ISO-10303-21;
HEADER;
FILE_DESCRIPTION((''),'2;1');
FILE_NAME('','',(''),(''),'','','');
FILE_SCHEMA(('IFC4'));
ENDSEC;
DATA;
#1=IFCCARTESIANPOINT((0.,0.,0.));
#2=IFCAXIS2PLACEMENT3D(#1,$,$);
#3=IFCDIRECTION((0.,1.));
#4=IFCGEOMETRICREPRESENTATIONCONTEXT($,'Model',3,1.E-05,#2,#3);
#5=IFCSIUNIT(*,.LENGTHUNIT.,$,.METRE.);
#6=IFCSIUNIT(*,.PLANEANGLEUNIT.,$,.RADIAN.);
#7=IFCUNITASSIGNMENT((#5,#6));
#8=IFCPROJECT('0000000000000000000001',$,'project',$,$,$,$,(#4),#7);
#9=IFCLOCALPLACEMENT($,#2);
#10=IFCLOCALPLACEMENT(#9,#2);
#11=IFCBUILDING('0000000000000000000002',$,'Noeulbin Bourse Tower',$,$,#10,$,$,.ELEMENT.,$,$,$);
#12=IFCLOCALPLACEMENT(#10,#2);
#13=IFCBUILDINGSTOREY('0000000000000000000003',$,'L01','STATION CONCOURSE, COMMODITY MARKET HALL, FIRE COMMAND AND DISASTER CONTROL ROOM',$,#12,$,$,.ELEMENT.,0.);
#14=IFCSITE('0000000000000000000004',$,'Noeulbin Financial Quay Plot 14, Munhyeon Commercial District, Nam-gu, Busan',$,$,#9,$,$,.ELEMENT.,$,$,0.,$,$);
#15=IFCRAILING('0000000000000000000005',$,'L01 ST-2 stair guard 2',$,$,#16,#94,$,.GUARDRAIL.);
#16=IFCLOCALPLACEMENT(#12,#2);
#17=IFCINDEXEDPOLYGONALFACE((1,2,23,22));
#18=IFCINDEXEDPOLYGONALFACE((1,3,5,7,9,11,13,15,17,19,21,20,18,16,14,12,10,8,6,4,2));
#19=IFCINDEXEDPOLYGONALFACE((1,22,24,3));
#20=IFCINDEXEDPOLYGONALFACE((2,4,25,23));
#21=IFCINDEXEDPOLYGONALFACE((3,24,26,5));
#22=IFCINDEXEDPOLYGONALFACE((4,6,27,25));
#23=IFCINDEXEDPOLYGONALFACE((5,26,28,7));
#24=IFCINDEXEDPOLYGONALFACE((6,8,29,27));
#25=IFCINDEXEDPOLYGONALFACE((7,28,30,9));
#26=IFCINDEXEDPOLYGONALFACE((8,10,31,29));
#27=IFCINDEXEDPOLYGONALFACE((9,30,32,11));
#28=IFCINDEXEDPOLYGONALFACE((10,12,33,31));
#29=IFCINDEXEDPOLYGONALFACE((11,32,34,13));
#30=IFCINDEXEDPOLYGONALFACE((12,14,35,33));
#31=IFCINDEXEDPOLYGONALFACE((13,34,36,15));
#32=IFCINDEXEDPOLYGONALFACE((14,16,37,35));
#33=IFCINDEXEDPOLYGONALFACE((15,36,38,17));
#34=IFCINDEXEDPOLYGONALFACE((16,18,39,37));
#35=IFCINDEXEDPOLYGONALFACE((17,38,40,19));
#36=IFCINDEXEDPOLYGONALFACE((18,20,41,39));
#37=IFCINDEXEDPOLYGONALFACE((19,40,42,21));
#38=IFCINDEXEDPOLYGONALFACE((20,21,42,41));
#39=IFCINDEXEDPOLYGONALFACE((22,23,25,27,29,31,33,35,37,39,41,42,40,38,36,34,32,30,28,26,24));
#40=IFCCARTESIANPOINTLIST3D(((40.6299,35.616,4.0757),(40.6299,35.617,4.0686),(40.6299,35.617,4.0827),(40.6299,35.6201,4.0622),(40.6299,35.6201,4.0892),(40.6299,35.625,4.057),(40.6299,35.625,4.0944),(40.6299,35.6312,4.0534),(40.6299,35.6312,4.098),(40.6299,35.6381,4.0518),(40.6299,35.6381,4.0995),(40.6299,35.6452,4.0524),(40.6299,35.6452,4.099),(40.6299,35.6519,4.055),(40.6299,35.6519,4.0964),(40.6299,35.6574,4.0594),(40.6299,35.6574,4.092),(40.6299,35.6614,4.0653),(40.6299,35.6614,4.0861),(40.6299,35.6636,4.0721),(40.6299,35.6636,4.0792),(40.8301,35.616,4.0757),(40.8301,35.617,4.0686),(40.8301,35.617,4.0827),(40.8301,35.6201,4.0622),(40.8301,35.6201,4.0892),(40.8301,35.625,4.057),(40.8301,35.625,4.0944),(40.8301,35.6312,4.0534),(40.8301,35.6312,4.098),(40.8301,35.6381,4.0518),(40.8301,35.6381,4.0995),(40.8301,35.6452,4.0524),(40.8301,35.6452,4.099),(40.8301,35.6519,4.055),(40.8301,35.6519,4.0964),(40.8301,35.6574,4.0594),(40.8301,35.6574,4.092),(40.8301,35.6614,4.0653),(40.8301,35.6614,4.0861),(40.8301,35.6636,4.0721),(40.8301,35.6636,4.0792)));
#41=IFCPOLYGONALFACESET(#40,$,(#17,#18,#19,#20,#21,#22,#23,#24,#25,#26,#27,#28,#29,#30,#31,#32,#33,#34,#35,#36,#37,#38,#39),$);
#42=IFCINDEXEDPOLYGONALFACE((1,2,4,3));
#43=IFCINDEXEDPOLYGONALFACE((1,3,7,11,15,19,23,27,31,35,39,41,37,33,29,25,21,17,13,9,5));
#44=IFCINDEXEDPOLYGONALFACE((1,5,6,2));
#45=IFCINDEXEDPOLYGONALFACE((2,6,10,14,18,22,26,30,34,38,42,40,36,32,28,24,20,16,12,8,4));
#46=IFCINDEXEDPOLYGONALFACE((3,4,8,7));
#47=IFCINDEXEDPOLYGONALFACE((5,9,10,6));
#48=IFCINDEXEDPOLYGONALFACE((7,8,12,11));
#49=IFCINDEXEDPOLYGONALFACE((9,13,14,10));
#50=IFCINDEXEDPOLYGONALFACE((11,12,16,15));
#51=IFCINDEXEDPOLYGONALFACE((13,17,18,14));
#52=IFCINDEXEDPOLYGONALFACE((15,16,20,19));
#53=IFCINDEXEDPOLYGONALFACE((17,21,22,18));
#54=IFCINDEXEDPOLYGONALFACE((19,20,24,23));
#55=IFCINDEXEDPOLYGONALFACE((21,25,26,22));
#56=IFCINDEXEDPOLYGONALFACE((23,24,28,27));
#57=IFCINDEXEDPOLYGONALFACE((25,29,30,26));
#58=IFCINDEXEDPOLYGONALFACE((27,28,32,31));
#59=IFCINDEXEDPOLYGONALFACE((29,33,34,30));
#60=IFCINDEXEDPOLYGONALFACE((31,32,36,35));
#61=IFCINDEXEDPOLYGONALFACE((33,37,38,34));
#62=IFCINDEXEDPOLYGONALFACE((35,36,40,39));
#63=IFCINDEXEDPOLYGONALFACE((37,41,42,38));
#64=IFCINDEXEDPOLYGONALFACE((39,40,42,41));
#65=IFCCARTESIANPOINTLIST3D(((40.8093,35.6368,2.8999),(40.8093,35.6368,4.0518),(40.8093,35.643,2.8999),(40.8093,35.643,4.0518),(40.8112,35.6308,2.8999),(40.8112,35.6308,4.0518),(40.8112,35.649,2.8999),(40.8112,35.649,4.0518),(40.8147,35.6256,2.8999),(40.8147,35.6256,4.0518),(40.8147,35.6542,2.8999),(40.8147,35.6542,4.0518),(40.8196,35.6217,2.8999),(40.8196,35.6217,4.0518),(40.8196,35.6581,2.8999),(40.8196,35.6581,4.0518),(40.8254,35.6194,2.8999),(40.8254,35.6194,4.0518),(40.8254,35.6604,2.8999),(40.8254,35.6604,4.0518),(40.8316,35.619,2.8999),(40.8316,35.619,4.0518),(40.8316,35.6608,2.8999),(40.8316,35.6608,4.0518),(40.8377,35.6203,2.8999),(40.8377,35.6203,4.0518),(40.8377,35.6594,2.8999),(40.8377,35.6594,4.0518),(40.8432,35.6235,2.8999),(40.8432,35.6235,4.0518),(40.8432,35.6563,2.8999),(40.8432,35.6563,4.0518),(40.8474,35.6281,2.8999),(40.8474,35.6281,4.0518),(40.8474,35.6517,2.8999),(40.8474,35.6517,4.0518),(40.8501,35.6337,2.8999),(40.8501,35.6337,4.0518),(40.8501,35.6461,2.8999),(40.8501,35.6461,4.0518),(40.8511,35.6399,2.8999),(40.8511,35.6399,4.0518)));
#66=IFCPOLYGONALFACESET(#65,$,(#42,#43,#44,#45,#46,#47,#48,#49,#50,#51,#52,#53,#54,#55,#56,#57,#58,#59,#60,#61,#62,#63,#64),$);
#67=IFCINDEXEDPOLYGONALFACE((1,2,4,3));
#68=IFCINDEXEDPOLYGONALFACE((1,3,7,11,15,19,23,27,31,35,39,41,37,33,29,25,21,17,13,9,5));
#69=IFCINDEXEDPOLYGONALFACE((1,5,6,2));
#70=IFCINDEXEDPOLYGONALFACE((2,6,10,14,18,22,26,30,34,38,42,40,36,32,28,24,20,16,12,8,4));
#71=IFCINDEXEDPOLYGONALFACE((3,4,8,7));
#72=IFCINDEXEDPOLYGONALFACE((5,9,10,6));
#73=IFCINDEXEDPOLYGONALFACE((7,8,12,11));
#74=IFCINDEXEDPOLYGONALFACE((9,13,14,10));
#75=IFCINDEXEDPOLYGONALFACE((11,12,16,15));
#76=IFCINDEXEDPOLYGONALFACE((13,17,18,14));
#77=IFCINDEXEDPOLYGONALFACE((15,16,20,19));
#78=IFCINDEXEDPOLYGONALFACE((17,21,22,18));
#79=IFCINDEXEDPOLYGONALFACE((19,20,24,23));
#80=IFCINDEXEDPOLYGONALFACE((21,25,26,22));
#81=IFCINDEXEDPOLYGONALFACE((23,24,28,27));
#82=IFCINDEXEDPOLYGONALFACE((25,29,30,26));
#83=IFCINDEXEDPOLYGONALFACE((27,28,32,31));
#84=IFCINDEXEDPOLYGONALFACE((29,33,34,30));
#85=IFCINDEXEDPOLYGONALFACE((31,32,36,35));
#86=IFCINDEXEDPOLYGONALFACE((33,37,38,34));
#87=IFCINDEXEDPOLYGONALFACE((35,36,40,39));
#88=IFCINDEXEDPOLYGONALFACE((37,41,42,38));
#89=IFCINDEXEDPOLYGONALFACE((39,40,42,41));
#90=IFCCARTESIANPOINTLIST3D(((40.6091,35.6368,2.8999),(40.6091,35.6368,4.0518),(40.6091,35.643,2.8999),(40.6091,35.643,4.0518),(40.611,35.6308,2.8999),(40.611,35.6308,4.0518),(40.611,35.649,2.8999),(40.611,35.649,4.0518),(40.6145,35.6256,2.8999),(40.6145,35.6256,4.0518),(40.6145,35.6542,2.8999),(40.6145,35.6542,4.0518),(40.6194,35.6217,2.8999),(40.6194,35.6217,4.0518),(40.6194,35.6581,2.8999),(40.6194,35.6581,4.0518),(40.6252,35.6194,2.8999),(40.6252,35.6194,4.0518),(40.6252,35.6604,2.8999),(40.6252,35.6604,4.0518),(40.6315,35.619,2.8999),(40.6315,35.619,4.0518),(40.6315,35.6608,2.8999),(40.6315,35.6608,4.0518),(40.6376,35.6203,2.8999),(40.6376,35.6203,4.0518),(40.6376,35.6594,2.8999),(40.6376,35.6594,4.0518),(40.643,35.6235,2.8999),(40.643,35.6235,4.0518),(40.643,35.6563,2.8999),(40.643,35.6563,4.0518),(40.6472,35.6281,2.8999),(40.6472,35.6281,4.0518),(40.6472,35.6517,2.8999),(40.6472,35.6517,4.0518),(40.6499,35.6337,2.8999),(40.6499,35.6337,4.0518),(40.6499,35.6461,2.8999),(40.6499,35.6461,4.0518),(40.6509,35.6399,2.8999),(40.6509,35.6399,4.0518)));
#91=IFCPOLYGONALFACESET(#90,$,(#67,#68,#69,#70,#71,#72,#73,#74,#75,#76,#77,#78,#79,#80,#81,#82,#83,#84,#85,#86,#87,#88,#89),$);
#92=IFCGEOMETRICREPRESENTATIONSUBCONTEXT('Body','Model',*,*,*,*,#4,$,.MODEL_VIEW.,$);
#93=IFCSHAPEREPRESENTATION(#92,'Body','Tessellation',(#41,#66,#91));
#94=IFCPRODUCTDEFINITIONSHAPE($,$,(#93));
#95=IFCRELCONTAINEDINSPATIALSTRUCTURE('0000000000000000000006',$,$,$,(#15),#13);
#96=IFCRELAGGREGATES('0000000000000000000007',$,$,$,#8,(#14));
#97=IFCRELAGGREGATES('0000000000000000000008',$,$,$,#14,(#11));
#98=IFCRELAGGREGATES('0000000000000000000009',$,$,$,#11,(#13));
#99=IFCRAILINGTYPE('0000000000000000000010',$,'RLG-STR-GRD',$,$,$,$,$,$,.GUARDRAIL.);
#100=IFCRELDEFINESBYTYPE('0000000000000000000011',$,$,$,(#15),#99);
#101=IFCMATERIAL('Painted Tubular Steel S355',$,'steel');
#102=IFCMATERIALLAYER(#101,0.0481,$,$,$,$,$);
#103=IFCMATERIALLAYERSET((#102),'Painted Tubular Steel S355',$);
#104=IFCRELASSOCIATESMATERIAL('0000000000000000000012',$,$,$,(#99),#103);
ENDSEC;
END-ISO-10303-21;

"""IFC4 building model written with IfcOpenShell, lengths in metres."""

from ifc_helpers import new_model, si_unit, direction, frame, origin, origin_2d, place, context, subcontext, project, spatial, circle, extrude, material, layer, layer_set, type_object, element, save


model = new_model("IFC4")

# Units and contexts
model_context = context("Model", 3, precision=1e-05, world=origin(), true_north=direction((0.0, 1.0)))
body_context = subcontext(model_context, "Body", "Model", "MODEL_VIEW")
ifc_project = project(units=[si_unit("LENGTHUNIT", "METRE"), si_unit("PLANEANGLEUNIT", "RADIAN")], contexts=[model_context])

# Site, building, storey
site_placement = place(None, origin())
site = spatial("IfcSite", under=ifc_project, at=site_placement, Name="Noeulbin Financial Quay Plot 14, Munhyeon Commercial District, Nam-gu, Busan", CompositionType="ELEMENT", RefElevation=0.0)
building_placement = place(site_placement, origin())
building = spatial("IfcBuilding", under=site, at=building_placement, Name="Noeulbin Bourse Tower", CompositionType="ELEMENT")
storey_placement = place(building_placement, origin())
storey = spatial("IfcBuildingStorey", under=building, at=storey_placement, Name="L01", Description="STATION CONCOURSE, COMMODITY MARKET HALL, FIRE COMMAND AND DISASTER CONTROL ROOM", CompositionType="ELEMENT", Elevation=0.0)

# Railing
ifc_material_1 = material(Name="Painted Tubular Steel S355", Category="steel")
ifc_layer_1 = layer(ifc_material_1, 0.0481)
ifc_layer_set_1 = layer_set([ifc_layer_1], Name="Painted Tubular Steel S355")
railing_type_1 = type_object("IfcRailingType", Name="RLG-STR-GRD", PredefinedType="GUARDRAIL", material=ifc_layer_set_1)
railing_1_placement = place(storey_placement, frame((40.8301, 35.6399, 2.8999)))
element("IfcRailing", 1, at=railing_1_placement, inside=storey, type_object=railing_type_1, Name="L01 ST-2 stair guard 2", PredefinedType="GUARDRAIL", context=body_context, shape_type="SweptSolid", body=[
    extrude(circle(Radius=0.0239, at=origin_2d()), frame((0.0, 0.0, 1.1758), z_axis=(-1.0, 0.0, 0.0), x_axis=(0.0, -1.0, 0.0)), (0.0, 0.0, 1.0), 0.2002),
    extrude(circle(Radius=0.021, at=origin_2d()), origin(), (0.0, 0.0, 1.0), 1.1519),
    extrude(circle(Radius=0.021, at=origin_2d()), frame((-0.2002, 0.0, 0.0)), (0.0, 0.0, 1.0), 1.1519),
])

save(model, "model.ifc")
